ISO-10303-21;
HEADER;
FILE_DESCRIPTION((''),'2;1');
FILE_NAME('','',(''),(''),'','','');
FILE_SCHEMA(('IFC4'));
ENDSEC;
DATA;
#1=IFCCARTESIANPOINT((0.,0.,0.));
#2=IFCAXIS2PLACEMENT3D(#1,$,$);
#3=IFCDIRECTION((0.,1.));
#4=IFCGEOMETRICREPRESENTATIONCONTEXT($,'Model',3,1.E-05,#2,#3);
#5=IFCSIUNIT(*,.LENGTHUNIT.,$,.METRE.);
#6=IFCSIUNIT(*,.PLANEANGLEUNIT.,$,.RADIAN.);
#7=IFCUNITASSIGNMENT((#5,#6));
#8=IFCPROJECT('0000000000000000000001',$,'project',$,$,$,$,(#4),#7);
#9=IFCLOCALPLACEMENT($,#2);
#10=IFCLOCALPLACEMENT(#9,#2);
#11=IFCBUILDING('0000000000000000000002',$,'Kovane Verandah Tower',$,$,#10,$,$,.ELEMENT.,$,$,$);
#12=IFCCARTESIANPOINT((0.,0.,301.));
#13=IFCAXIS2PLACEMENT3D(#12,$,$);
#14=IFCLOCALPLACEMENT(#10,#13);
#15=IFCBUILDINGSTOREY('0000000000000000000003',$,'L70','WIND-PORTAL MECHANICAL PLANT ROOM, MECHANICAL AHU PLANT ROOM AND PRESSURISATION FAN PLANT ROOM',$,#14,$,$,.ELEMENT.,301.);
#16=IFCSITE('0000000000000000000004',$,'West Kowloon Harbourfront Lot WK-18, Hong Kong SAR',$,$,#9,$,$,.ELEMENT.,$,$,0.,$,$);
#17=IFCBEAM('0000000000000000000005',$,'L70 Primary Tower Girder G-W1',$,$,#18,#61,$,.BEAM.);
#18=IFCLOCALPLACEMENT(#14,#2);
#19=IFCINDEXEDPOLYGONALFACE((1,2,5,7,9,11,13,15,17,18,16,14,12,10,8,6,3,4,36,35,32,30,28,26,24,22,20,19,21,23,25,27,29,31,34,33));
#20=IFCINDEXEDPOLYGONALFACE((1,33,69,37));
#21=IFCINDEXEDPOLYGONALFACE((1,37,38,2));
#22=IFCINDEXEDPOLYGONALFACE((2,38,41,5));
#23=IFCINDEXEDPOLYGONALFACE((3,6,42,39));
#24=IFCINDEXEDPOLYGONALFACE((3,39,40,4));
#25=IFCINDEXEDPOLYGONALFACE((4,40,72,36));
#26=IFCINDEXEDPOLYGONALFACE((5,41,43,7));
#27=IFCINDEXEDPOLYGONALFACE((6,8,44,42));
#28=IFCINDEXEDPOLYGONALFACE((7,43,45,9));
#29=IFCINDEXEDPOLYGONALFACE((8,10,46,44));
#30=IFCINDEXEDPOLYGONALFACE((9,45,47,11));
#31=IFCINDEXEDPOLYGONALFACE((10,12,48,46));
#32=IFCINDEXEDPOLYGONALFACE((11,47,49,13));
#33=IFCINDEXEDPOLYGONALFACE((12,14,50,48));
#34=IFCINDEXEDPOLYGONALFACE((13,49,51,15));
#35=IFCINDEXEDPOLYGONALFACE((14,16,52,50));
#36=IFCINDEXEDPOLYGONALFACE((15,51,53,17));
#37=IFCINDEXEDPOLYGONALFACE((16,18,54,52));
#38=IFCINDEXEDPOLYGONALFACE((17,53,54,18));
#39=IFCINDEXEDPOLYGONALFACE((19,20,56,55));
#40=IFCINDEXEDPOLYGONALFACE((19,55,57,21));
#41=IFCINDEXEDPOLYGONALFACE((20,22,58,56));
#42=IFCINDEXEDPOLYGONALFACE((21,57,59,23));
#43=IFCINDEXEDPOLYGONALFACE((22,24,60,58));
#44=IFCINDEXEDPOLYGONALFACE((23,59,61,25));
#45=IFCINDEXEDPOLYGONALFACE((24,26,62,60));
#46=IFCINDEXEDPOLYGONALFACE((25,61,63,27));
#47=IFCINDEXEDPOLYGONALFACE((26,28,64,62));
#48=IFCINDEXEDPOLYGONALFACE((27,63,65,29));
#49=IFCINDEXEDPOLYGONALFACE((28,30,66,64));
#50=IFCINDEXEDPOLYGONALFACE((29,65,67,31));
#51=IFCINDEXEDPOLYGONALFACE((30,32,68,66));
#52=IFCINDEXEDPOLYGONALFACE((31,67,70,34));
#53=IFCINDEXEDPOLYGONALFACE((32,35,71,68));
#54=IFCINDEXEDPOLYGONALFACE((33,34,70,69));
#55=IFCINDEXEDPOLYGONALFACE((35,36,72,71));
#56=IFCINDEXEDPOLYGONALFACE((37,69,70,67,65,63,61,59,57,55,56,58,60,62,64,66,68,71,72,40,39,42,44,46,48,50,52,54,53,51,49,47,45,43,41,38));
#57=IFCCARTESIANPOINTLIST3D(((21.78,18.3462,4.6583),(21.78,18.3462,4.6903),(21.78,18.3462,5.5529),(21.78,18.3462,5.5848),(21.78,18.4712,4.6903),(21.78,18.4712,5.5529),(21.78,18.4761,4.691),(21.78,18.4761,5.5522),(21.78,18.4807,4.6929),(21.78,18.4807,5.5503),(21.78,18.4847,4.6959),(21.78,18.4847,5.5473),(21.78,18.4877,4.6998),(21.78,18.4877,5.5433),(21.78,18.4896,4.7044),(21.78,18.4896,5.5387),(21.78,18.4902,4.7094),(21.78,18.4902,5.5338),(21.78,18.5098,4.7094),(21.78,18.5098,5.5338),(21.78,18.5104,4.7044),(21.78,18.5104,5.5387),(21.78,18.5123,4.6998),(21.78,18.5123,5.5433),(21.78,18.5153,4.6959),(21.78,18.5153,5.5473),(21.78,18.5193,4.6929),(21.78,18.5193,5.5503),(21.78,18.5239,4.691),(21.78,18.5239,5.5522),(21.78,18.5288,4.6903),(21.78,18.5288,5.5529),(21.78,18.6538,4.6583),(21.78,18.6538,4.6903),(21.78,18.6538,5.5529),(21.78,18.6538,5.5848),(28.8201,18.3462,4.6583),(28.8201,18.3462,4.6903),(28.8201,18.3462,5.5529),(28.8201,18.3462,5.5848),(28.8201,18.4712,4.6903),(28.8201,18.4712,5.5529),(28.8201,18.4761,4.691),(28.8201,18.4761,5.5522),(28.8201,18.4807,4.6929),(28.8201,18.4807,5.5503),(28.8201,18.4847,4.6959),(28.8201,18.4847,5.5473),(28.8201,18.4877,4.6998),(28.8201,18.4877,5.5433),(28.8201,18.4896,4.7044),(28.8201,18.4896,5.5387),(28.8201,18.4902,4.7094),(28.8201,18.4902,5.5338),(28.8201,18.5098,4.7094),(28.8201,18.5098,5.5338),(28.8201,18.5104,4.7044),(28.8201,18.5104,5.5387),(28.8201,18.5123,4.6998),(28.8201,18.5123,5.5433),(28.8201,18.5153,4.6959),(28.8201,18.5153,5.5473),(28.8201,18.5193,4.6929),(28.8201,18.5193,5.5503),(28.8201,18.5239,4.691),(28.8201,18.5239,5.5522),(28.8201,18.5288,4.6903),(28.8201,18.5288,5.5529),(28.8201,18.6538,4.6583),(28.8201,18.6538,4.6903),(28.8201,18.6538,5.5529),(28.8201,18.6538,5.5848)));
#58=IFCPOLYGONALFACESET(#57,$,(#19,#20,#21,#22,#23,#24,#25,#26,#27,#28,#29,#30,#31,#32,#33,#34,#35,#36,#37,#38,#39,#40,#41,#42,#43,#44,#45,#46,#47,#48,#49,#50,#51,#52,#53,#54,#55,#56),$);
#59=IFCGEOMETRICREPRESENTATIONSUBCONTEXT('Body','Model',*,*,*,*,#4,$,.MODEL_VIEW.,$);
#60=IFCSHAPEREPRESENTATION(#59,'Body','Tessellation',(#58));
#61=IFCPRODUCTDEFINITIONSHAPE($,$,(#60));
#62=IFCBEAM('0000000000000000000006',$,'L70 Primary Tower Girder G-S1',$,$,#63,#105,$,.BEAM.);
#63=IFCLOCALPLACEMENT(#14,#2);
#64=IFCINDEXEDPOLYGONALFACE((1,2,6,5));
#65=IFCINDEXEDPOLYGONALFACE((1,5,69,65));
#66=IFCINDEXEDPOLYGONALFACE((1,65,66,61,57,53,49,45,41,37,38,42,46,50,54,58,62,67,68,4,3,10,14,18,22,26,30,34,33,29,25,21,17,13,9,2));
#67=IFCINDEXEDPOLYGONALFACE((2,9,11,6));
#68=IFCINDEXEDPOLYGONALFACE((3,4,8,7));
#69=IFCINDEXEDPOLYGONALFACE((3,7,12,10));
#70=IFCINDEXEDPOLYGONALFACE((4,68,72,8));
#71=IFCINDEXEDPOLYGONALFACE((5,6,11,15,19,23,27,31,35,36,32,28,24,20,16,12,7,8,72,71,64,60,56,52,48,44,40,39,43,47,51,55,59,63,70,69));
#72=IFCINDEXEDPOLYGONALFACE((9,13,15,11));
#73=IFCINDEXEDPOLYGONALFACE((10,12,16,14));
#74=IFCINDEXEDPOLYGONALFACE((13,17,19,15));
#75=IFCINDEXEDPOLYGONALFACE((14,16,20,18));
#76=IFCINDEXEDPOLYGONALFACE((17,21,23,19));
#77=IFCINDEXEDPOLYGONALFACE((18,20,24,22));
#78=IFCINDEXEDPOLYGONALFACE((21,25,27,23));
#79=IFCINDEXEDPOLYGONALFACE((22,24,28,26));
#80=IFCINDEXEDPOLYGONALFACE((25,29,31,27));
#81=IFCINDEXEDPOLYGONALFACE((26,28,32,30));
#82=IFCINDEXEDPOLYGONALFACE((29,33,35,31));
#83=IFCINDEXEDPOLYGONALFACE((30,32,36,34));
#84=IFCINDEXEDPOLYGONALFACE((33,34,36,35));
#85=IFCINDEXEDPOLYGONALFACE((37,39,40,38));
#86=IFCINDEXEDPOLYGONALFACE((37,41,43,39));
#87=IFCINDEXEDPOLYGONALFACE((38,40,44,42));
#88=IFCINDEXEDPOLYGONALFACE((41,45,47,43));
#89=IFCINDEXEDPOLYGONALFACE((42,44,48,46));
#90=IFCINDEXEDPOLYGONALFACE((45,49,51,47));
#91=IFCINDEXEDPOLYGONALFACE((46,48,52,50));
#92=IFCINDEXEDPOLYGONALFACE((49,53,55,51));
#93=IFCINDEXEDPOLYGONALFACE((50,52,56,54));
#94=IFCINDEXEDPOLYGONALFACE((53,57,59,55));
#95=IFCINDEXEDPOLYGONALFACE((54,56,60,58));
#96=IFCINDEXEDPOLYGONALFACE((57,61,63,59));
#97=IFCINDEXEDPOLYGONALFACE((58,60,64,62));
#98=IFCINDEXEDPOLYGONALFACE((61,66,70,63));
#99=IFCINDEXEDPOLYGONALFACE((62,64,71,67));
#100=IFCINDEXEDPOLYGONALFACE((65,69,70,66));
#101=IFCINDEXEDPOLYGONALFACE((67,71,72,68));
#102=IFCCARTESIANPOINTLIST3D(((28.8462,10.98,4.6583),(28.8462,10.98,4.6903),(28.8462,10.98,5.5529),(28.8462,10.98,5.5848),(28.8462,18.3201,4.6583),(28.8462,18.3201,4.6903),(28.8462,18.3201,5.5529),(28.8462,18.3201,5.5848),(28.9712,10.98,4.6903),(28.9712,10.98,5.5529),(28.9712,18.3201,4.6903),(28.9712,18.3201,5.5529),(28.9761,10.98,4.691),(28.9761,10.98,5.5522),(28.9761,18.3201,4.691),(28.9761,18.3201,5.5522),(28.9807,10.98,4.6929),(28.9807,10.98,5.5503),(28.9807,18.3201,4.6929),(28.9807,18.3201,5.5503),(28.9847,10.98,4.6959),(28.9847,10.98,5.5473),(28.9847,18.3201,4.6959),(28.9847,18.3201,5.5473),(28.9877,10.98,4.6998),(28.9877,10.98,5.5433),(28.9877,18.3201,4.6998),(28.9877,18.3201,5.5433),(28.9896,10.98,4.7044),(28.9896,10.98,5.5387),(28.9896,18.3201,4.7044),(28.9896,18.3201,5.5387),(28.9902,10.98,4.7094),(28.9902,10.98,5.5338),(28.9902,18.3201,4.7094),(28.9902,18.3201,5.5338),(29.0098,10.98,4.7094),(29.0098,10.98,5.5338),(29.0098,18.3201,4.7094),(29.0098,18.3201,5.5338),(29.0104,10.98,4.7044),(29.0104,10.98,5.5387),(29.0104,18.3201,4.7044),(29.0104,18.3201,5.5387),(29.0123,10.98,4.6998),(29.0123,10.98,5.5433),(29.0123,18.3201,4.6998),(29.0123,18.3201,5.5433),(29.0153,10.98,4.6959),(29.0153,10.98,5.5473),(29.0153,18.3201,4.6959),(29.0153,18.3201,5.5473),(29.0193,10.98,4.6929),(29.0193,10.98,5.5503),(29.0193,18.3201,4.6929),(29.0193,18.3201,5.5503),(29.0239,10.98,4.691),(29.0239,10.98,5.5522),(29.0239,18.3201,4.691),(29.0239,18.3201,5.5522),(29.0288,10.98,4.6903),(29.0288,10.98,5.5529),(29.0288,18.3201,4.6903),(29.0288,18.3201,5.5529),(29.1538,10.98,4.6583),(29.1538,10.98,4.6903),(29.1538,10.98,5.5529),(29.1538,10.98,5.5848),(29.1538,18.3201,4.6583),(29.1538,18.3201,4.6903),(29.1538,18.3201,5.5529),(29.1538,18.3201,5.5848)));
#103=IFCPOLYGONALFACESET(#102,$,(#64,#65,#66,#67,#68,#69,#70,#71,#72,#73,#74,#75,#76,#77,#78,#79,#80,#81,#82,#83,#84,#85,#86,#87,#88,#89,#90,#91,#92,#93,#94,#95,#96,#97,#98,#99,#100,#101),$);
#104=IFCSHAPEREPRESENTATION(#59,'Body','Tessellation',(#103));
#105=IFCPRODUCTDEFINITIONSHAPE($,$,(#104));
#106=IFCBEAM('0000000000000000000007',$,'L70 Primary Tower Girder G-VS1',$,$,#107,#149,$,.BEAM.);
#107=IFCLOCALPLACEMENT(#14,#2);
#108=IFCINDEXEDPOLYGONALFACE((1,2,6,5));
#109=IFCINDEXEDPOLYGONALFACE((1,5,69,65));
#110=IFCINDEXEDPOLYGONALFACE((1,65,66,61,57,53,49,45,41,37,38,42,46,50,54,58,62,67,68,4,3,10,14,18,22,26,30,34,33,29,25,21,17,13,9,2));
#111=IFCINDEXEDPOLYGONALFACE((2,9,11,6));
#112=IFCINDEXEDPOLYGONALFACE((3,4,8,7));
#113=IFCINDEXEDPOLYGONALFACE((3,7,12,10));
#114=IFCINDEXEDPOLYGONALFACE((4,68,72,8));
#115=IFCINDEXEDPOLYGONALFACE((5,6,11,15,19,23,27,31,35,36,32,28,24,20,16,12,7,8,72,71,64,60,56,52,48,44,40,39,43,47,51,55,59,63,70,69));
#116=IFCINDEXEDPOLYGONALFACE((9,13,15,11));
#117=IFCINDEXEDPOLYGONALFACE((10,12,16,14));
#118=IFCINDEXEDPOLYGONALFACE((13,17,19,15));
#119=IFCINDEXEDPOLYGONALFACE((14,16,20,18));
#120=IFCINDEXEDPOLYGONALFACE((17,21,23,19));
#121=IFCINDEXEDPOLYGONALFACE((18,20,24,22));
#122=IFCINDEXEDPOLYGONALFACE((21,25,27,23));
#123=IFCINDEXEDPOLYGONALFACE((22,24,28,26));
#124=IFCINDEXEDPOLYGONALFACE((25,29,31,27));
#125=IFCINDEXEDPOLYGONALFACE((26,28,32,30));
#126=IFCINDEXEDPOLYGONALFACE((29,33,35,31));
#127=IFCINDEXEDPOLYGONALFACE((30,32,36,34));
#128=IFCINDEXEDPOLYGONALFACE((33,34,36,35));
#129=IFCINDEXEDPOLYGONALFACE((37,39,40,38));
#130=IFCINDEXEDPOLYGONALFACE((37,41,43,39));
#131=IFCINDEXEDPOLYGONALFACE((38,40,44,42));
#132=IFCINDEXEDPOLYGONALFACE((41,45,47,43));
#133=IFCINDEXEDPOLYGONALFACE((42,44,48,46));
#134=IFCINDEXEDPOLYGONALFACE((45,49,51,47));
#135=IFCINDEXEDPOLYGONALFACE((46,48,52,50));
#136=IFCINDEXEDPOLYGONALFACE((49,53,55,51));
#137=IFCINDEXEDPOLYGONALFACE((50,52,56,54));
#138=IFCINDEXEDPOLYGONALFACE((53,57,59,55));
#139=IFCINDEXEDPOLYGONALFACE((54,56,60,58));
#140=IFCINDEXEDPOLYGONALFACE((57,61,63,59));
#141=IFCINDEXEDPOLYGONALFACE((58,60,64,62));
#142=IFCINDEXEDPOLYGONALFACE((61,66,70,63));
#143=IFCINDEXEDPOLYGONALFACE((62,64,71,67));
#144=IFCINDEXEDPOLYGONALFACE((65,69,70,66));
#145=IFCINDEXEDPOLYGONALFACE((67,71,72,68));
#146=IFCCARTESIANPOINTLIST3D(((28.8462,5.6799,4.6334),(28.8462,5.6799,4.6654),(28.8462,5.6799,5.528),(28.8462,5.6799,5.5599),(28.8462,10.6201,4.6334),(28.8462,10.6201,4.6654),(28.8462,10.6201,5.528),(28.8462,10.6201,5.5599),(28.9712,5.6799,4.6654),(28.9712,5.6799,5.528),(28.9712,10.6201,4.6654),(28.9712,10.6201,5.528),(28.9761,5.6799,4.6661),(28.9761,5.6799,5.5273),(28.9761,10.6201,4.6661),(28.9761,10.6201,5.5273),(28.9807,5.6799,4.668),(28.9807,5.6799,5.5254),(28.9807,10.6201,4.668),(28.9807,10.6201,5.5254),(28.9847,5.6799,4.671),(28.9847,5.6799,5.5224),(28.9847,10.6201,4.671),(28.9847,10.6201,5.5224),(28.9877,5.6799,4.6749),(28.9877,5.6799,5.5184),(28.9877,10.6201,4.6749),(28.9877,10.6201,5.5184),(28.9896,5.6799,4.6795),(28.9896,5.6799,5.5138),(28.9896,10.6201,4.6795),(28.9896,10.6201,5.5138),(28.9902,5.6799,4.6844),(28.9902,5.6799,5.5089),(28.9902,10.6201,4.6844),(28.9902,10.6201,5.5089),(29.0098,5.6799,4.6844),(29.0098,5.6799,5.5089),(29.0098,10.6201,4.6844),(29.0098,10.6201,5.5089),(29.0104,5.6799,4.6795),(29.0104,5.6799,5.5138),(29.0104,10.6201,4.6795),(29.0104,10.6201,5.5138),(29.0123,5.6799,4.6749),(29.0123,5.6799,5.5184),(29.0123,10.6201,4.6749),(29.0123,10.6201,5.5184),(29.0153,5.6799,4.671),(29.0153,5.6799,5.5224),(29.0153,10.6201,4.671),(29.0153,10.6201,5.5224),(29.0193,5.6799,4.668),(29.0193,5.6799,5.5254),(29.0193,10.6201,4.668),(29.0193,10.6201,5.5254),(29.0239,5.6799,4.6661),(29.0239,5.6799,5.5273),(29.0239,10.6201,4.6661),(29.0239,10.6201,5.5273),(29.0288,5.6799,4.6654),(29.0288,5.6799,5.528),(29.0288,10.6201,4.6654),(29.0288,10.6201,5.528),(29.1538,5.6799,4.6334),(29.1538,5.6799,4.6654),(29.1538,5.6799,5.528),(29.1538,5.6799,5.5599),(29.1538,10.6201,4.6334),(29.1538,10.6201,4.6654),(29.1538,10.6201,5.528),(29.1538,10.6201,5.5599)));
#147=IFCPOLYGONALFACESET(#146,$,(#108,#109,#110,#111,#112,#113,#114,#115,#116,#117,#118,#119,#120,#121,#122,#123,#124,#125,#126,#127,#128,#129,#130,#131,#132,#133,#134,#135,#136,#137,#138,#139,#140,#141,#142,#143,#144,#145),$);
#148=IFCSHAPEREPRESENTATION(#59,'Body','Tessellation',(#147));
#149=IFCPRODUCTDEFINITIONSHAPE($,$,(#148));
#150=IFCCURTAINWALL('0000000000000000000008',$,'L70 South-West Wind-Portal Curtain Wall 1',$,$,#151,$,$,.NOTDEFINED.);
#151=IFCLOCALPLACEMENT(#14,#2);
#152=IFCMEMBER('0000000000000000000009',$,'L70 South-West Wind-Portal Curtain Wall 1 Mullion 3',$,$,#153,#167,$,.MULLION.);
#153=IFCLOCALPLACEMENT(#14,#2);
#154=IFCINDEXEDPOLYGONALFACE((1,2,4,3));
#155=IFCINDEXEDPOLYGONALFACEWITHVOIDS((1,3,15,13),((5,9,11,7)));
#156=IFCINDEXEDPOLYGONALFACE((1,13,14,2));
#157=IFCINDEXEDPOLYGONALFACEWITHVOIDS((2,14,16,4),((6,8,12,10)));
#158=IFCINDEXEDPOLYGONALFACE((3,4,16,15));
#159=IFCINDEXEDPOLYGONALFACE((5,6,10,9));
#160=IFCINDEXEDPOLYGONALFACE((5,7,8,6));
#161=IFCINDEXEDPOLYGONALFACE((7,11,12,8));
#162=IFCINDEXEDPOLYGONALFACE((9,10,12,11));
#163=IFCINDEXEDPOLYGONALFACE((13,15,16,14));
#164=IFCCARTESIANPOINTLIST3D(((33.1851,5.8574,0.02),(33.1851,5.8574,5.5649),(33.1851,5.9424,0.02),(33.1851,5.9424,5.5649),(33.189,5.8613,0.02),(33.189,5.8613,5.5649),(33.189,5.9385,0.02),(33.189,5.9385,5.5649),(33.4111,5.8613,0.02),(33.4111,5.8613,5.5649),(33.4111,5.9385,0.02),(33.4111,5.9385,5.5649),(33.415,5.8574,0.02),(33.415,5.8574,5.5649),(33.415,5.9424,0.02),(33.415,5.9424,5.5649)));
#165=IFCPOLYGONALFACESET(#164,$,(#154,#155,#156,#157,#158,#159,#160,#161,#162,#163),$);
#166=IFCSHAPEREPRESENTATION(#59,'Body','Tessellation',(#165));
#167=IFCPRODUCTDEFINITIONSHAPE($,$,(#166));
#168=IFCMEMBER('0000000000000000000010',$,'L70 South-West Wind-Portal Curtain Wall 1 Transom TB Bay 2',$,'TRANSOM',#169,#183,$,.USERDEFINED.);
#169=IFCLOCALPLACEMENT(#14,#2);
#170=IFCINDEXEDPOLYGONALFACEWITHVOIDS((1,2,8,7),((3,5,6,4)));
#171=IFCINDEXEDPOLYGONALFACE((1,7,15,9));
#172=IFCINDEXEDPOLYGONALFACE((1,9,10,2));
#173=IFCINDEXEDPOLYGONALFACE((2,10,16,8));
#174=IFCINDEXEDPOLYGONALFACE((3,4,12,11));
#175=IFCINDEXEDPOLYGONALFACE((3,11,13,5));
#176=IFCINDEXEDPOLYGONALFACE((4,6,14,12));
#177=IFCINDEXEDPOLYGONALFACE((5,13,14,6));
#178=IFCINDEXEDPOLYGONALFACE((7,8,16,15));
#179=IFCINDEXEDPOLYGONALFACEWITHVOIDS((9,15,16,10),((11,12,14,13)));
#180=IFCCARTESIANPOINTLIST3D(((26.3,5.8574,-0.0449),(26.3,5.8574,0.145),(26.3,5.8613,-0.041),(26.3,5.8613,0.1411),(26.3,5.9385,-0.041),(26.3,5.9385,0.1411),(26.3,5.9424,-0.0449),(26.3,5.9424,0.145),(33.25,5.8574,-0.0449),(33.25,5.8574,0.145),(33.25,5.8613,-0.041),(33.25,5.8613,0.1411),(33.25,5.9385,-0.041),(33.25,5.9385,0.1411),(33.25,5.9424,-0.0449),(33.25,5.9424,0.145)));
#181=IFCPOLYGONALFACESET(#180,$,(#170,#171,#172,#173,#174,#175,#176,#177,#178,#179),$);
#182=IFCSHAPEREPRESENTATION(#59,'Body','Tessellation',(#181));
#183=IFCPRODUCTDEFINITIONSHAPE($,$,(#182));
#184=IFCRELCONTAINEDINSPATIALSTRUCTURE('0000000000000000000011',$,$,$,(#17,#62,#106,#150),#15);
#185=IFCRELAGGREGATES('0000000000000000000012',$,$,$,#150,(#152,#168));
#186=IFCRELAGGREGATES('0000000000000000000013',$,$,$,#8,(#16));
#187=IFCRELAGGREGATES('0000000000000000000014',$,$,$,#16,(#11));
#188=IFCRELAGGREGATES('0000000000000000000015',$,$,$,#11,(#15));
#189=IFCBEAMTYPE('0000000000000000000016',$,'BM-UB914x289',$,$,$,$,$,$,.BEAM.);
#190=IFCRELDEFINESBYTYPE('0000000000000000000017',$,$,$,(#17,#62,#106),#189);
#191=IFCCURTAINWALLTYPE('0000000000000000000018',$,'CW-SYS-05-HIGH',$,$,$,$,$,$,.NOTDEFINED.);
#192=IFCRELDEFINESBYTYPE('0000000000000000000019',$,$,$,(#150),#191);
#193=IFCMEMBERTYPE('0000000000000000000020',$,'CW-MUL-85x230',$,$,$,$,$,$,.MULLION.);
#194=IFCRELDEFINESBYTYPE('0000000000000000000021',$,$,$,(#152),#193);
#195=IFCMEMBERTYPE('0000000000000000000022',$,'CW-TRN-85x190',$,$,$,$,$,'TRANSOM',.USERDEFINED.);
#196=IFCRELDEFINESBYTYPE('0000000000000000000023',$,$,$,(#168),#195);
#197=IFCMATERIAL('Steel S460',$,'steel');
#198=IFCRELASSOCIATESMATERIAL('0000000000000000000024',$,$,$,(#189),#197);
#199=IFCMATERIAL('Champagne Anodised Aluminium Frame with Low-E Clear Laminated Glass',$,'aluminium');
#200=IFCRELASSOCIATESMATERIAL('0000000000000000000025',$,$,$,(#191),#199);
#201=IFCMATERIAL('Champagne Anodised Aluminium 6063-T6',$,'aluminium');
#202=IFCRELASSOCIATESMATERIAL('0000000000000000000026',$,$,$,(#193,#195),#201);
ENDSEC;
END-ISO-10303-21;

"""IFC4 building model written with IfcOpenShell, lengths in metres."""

from ifc_helpers import new_model, si_unit, direction, frame, origin, origin_2d, place, context, subcontext, project, spatial, hollow_rectangle, i_section, extrude, material, material_profile, profile_set, type_object, element, aggregate, save


model = new_model("IFC4")

# Units and contexts
model_context = context("Model", 3, precision=1e-05, world=origin(), true_north=direction((0.0, 1.0)))
body_context = subcontext(model_context, "Body", "Model", "MODEL_VIEW")
ifc_project = project(units=[si_unit("LENGTHUNIT", "METRE"), si_unit("PLANEANGLEUNIT", "RADIAN")], contexts=[model_context])

# Site, building, storey
site_placement = place(None, origin())
site = spatial("IfcSite", under=ifc_project, at=site_placement, Name="West Kowloon Harbourfront Lot WK-18, Hong Kong SAR", CompositionType="ELEMENT", RefElevation=0.0)
building_placement = place(site_placement, origin())
building = spatial("IfcBuilding", under=site, at=building_placement, Name="Kovane Verandah Tower", CompositionType="ELEMENT")
storey_placement = place(building_placement, frame((0.0, 0.0, 301.0)))
storey = spatial("IfcBuildingStorey", under=building, at=storey_placement, Name="L70", Description="WIND-PORTAL MECHANICAL PLANT ROOM, MECHANICAL AHU PLANT ROOM AND PRESSURISATION FAN PLANT ROOM", CompositionType="ELEMENT", Elevation=301.0)

# Shared definitions
ifc_material_1 = material(Name="Steel S460", Category="steel")

# Beams
ifc_material_profile_1 = material_profile(ifc_material_1, i_section(OverallWidth=0.3076, OverallDepth=0.9265, WebThickness=0.0195, FlangeThickness=0.032, FilletRadius=0.019, at=origin_2d()), Name="UB914x305x289")
ifc_profile_set_1 = profile_set([ifc_material_profile_1], Name="Steel S460")
beam_type_1 = type_object("IfcBeamType", Name="BM-UB914x289", PredefinedType="BEAM", material=ifc_profile_set_1)
beam_1_placement = place(storey_placement, frame((28.8201, 18.5, 5.1216), z_axis=(-1.0, 0.0, 0.0), x_axis=(0.0, -1.0, 0.0)))
element("IfcBeam", 1, at=beam_1_placement, inside=storey, type_object=beam_type_1, Name="L70 Primary Tower Girder G-W1", PredefinedType="BEAM", context=body_context, shape_type="SweptSolid", body=[
    extrude(i_section(OverallWidth=0.3076, OverallDepth=0.9265, WebThickness=0.0195, FlangeThickness=0.032, FilletRadius=0.019, at=origin_2d()), origin(), (0.0, 0.0, 1.0), 7.04),
])
beam_2_placement = place(storey_placement, frame((29.0, 18.3201, 5.1216), z_axis=(0.0, -1.0, 0.0), x_axis=(1.0, 0.0, 0.0)))
element("IfcBeam", 2, at=beam_2_placement, inside=storey, type_object=beam_type_1, Name="L70 Primary Tower Girder G-S1", PredefinedType="BEAM", context=body_context, shape_type="SweptSolid", body=[
    extrude(i_section(OverallWidth=0.3076, OverallDepth=0.9265, WebThickness=0.0195, FlangeThickness=0.032, FilletRadius=0.019, at=origin_2d()), origin(), (0.0, 0.0, 1.0), 7.3401),
])
beam_3_placement = place(storey_placement, frame((29.0, 10.6201, 5.0967), z_axis=(0.0, -1.0, 0.0), x_axis=(1.0, 0.0, 0.0)))
element("IfcBeam", 3, at=beam_3_placement, inside=storey, type_object=beam_type_1, Name="L70 Primary Tower Girder G-VS1", PredefinedType="BEAM", context=body_context, shape_type="SweptSolid", body=[
    extrude(i_section(OverallWidth=0.3076, OverallDepth=0.9265, WebThickness=0.0195, FlangeThickness=0.032, FilletRadius=0.019, at=origin_2d()), origin(), (0.0, 0.0, 1.0), 4.9402),
])

# Curtain wall, members
ifc_material_2 = material(Name="Champagne Anodised Aluminium Frame with Low-E Clear Laminated Glass", Category="aluminium")
curtain_wall_type = type_object("IfcCurtainWallType", Name="CW-SYS-05-HIGH", PredefinedType="NOTDEFINED", material=ifc_material_2)
curtain_wall_placement = place(storey_placement, origin())
curtain_wall = element("IfcCurtainWall", 4, at=curtain_wall_placement, inside=storey, type_object=curtain_wall_type, Name="L70 South-West Wind-Portal Curtain Wall 1", PredefinedType="NOTDEFINED")
ifc_material_3 = material(Name="Champagne Anodised Aluminium 6063-T6", Category="aluminium")
ifc_material_profile_2 = material_profile(ifc_material_3, hollow_rectangle(XDim=0.085, YDim=0.23, WallThickness=0.0039, at=origin_2d()), Name="AL85x230x4")
ifc_profile_set_2 = profile_set([ifc_material_profile_2], Name="Champagne Anodised Aluminium 6063-T6")
member_type_1 = type_object("IfcMemberType", Name="CW-MUL-85x230", PredefinedType="MULLION", material=ifc_profile_set_2)
member_1_placement = place(storey_placement, frame((33.3, 5.8999, 0.02), z_axis=(0.0, 0.0, 1.0), x_axis=(0.0, -1.0, 0.0)))
member_1 = element("IfcMember", 5, at=member_1_placement, type_object=member_type_1, Name="L70 South-West Wind-Portal Curtain Wall 1 Mullion 3", PredefinedType="MULLION", context=body_context, shape_type="SweptSolid", body=[
    extrude(hollow_rectangle(XDim=0.085, YDim=0.23, WallThickness=0.0039, at=origin_2d()), origin(), (0.0, 0.0, 1.0), 5.5449),
])
ifc_material_profile_3 = material_profile(ifc_material_3, hollow_rectangle(XDim=0.085, YDim=0.1899, WallThickness=0.0039, at=origin_2d()), Name="AL85x190x4")
ifc_profile_set_3 = profile_set([ifc_material_profile_3], Name="Champagne Anodised Aluminium 6063-T6")
member_type_2 = type_object("IfcMemberType", Name="CW-TRN-85x190", ElementType="TRANSOM", PredefinedType="USERDEFINED", material=ifc_profile_set_3)
member_2_placement = place(storey_placement, frame((26.3, 5.8999, 0.05), z_axis=(1.0, 0.0, 0.0), x_axis=(0.0, 1.0, 0.0)))
member_2 = element("IfcMember", 6, at=member_2_placement, type_object=member_type_2, Name="L70 South-West Wind-Portal Curtain Wall 1 Transom TB Bay 2", ObjectType="TRANSOM", PredefinedType="USERDEFINED", context=body_context, shape_type="SweptSolid", body=[
    extrude(hollow_rectangle(XDim=0.085, YDim=0.1899, WallThickness=0.0039, at=origin_2d()), origin(), (0.0, 0.0, 1.0), 6.95),
])

aggregate(curtain_wall, [member_1, member_2])

save(model, "model.ifc")
